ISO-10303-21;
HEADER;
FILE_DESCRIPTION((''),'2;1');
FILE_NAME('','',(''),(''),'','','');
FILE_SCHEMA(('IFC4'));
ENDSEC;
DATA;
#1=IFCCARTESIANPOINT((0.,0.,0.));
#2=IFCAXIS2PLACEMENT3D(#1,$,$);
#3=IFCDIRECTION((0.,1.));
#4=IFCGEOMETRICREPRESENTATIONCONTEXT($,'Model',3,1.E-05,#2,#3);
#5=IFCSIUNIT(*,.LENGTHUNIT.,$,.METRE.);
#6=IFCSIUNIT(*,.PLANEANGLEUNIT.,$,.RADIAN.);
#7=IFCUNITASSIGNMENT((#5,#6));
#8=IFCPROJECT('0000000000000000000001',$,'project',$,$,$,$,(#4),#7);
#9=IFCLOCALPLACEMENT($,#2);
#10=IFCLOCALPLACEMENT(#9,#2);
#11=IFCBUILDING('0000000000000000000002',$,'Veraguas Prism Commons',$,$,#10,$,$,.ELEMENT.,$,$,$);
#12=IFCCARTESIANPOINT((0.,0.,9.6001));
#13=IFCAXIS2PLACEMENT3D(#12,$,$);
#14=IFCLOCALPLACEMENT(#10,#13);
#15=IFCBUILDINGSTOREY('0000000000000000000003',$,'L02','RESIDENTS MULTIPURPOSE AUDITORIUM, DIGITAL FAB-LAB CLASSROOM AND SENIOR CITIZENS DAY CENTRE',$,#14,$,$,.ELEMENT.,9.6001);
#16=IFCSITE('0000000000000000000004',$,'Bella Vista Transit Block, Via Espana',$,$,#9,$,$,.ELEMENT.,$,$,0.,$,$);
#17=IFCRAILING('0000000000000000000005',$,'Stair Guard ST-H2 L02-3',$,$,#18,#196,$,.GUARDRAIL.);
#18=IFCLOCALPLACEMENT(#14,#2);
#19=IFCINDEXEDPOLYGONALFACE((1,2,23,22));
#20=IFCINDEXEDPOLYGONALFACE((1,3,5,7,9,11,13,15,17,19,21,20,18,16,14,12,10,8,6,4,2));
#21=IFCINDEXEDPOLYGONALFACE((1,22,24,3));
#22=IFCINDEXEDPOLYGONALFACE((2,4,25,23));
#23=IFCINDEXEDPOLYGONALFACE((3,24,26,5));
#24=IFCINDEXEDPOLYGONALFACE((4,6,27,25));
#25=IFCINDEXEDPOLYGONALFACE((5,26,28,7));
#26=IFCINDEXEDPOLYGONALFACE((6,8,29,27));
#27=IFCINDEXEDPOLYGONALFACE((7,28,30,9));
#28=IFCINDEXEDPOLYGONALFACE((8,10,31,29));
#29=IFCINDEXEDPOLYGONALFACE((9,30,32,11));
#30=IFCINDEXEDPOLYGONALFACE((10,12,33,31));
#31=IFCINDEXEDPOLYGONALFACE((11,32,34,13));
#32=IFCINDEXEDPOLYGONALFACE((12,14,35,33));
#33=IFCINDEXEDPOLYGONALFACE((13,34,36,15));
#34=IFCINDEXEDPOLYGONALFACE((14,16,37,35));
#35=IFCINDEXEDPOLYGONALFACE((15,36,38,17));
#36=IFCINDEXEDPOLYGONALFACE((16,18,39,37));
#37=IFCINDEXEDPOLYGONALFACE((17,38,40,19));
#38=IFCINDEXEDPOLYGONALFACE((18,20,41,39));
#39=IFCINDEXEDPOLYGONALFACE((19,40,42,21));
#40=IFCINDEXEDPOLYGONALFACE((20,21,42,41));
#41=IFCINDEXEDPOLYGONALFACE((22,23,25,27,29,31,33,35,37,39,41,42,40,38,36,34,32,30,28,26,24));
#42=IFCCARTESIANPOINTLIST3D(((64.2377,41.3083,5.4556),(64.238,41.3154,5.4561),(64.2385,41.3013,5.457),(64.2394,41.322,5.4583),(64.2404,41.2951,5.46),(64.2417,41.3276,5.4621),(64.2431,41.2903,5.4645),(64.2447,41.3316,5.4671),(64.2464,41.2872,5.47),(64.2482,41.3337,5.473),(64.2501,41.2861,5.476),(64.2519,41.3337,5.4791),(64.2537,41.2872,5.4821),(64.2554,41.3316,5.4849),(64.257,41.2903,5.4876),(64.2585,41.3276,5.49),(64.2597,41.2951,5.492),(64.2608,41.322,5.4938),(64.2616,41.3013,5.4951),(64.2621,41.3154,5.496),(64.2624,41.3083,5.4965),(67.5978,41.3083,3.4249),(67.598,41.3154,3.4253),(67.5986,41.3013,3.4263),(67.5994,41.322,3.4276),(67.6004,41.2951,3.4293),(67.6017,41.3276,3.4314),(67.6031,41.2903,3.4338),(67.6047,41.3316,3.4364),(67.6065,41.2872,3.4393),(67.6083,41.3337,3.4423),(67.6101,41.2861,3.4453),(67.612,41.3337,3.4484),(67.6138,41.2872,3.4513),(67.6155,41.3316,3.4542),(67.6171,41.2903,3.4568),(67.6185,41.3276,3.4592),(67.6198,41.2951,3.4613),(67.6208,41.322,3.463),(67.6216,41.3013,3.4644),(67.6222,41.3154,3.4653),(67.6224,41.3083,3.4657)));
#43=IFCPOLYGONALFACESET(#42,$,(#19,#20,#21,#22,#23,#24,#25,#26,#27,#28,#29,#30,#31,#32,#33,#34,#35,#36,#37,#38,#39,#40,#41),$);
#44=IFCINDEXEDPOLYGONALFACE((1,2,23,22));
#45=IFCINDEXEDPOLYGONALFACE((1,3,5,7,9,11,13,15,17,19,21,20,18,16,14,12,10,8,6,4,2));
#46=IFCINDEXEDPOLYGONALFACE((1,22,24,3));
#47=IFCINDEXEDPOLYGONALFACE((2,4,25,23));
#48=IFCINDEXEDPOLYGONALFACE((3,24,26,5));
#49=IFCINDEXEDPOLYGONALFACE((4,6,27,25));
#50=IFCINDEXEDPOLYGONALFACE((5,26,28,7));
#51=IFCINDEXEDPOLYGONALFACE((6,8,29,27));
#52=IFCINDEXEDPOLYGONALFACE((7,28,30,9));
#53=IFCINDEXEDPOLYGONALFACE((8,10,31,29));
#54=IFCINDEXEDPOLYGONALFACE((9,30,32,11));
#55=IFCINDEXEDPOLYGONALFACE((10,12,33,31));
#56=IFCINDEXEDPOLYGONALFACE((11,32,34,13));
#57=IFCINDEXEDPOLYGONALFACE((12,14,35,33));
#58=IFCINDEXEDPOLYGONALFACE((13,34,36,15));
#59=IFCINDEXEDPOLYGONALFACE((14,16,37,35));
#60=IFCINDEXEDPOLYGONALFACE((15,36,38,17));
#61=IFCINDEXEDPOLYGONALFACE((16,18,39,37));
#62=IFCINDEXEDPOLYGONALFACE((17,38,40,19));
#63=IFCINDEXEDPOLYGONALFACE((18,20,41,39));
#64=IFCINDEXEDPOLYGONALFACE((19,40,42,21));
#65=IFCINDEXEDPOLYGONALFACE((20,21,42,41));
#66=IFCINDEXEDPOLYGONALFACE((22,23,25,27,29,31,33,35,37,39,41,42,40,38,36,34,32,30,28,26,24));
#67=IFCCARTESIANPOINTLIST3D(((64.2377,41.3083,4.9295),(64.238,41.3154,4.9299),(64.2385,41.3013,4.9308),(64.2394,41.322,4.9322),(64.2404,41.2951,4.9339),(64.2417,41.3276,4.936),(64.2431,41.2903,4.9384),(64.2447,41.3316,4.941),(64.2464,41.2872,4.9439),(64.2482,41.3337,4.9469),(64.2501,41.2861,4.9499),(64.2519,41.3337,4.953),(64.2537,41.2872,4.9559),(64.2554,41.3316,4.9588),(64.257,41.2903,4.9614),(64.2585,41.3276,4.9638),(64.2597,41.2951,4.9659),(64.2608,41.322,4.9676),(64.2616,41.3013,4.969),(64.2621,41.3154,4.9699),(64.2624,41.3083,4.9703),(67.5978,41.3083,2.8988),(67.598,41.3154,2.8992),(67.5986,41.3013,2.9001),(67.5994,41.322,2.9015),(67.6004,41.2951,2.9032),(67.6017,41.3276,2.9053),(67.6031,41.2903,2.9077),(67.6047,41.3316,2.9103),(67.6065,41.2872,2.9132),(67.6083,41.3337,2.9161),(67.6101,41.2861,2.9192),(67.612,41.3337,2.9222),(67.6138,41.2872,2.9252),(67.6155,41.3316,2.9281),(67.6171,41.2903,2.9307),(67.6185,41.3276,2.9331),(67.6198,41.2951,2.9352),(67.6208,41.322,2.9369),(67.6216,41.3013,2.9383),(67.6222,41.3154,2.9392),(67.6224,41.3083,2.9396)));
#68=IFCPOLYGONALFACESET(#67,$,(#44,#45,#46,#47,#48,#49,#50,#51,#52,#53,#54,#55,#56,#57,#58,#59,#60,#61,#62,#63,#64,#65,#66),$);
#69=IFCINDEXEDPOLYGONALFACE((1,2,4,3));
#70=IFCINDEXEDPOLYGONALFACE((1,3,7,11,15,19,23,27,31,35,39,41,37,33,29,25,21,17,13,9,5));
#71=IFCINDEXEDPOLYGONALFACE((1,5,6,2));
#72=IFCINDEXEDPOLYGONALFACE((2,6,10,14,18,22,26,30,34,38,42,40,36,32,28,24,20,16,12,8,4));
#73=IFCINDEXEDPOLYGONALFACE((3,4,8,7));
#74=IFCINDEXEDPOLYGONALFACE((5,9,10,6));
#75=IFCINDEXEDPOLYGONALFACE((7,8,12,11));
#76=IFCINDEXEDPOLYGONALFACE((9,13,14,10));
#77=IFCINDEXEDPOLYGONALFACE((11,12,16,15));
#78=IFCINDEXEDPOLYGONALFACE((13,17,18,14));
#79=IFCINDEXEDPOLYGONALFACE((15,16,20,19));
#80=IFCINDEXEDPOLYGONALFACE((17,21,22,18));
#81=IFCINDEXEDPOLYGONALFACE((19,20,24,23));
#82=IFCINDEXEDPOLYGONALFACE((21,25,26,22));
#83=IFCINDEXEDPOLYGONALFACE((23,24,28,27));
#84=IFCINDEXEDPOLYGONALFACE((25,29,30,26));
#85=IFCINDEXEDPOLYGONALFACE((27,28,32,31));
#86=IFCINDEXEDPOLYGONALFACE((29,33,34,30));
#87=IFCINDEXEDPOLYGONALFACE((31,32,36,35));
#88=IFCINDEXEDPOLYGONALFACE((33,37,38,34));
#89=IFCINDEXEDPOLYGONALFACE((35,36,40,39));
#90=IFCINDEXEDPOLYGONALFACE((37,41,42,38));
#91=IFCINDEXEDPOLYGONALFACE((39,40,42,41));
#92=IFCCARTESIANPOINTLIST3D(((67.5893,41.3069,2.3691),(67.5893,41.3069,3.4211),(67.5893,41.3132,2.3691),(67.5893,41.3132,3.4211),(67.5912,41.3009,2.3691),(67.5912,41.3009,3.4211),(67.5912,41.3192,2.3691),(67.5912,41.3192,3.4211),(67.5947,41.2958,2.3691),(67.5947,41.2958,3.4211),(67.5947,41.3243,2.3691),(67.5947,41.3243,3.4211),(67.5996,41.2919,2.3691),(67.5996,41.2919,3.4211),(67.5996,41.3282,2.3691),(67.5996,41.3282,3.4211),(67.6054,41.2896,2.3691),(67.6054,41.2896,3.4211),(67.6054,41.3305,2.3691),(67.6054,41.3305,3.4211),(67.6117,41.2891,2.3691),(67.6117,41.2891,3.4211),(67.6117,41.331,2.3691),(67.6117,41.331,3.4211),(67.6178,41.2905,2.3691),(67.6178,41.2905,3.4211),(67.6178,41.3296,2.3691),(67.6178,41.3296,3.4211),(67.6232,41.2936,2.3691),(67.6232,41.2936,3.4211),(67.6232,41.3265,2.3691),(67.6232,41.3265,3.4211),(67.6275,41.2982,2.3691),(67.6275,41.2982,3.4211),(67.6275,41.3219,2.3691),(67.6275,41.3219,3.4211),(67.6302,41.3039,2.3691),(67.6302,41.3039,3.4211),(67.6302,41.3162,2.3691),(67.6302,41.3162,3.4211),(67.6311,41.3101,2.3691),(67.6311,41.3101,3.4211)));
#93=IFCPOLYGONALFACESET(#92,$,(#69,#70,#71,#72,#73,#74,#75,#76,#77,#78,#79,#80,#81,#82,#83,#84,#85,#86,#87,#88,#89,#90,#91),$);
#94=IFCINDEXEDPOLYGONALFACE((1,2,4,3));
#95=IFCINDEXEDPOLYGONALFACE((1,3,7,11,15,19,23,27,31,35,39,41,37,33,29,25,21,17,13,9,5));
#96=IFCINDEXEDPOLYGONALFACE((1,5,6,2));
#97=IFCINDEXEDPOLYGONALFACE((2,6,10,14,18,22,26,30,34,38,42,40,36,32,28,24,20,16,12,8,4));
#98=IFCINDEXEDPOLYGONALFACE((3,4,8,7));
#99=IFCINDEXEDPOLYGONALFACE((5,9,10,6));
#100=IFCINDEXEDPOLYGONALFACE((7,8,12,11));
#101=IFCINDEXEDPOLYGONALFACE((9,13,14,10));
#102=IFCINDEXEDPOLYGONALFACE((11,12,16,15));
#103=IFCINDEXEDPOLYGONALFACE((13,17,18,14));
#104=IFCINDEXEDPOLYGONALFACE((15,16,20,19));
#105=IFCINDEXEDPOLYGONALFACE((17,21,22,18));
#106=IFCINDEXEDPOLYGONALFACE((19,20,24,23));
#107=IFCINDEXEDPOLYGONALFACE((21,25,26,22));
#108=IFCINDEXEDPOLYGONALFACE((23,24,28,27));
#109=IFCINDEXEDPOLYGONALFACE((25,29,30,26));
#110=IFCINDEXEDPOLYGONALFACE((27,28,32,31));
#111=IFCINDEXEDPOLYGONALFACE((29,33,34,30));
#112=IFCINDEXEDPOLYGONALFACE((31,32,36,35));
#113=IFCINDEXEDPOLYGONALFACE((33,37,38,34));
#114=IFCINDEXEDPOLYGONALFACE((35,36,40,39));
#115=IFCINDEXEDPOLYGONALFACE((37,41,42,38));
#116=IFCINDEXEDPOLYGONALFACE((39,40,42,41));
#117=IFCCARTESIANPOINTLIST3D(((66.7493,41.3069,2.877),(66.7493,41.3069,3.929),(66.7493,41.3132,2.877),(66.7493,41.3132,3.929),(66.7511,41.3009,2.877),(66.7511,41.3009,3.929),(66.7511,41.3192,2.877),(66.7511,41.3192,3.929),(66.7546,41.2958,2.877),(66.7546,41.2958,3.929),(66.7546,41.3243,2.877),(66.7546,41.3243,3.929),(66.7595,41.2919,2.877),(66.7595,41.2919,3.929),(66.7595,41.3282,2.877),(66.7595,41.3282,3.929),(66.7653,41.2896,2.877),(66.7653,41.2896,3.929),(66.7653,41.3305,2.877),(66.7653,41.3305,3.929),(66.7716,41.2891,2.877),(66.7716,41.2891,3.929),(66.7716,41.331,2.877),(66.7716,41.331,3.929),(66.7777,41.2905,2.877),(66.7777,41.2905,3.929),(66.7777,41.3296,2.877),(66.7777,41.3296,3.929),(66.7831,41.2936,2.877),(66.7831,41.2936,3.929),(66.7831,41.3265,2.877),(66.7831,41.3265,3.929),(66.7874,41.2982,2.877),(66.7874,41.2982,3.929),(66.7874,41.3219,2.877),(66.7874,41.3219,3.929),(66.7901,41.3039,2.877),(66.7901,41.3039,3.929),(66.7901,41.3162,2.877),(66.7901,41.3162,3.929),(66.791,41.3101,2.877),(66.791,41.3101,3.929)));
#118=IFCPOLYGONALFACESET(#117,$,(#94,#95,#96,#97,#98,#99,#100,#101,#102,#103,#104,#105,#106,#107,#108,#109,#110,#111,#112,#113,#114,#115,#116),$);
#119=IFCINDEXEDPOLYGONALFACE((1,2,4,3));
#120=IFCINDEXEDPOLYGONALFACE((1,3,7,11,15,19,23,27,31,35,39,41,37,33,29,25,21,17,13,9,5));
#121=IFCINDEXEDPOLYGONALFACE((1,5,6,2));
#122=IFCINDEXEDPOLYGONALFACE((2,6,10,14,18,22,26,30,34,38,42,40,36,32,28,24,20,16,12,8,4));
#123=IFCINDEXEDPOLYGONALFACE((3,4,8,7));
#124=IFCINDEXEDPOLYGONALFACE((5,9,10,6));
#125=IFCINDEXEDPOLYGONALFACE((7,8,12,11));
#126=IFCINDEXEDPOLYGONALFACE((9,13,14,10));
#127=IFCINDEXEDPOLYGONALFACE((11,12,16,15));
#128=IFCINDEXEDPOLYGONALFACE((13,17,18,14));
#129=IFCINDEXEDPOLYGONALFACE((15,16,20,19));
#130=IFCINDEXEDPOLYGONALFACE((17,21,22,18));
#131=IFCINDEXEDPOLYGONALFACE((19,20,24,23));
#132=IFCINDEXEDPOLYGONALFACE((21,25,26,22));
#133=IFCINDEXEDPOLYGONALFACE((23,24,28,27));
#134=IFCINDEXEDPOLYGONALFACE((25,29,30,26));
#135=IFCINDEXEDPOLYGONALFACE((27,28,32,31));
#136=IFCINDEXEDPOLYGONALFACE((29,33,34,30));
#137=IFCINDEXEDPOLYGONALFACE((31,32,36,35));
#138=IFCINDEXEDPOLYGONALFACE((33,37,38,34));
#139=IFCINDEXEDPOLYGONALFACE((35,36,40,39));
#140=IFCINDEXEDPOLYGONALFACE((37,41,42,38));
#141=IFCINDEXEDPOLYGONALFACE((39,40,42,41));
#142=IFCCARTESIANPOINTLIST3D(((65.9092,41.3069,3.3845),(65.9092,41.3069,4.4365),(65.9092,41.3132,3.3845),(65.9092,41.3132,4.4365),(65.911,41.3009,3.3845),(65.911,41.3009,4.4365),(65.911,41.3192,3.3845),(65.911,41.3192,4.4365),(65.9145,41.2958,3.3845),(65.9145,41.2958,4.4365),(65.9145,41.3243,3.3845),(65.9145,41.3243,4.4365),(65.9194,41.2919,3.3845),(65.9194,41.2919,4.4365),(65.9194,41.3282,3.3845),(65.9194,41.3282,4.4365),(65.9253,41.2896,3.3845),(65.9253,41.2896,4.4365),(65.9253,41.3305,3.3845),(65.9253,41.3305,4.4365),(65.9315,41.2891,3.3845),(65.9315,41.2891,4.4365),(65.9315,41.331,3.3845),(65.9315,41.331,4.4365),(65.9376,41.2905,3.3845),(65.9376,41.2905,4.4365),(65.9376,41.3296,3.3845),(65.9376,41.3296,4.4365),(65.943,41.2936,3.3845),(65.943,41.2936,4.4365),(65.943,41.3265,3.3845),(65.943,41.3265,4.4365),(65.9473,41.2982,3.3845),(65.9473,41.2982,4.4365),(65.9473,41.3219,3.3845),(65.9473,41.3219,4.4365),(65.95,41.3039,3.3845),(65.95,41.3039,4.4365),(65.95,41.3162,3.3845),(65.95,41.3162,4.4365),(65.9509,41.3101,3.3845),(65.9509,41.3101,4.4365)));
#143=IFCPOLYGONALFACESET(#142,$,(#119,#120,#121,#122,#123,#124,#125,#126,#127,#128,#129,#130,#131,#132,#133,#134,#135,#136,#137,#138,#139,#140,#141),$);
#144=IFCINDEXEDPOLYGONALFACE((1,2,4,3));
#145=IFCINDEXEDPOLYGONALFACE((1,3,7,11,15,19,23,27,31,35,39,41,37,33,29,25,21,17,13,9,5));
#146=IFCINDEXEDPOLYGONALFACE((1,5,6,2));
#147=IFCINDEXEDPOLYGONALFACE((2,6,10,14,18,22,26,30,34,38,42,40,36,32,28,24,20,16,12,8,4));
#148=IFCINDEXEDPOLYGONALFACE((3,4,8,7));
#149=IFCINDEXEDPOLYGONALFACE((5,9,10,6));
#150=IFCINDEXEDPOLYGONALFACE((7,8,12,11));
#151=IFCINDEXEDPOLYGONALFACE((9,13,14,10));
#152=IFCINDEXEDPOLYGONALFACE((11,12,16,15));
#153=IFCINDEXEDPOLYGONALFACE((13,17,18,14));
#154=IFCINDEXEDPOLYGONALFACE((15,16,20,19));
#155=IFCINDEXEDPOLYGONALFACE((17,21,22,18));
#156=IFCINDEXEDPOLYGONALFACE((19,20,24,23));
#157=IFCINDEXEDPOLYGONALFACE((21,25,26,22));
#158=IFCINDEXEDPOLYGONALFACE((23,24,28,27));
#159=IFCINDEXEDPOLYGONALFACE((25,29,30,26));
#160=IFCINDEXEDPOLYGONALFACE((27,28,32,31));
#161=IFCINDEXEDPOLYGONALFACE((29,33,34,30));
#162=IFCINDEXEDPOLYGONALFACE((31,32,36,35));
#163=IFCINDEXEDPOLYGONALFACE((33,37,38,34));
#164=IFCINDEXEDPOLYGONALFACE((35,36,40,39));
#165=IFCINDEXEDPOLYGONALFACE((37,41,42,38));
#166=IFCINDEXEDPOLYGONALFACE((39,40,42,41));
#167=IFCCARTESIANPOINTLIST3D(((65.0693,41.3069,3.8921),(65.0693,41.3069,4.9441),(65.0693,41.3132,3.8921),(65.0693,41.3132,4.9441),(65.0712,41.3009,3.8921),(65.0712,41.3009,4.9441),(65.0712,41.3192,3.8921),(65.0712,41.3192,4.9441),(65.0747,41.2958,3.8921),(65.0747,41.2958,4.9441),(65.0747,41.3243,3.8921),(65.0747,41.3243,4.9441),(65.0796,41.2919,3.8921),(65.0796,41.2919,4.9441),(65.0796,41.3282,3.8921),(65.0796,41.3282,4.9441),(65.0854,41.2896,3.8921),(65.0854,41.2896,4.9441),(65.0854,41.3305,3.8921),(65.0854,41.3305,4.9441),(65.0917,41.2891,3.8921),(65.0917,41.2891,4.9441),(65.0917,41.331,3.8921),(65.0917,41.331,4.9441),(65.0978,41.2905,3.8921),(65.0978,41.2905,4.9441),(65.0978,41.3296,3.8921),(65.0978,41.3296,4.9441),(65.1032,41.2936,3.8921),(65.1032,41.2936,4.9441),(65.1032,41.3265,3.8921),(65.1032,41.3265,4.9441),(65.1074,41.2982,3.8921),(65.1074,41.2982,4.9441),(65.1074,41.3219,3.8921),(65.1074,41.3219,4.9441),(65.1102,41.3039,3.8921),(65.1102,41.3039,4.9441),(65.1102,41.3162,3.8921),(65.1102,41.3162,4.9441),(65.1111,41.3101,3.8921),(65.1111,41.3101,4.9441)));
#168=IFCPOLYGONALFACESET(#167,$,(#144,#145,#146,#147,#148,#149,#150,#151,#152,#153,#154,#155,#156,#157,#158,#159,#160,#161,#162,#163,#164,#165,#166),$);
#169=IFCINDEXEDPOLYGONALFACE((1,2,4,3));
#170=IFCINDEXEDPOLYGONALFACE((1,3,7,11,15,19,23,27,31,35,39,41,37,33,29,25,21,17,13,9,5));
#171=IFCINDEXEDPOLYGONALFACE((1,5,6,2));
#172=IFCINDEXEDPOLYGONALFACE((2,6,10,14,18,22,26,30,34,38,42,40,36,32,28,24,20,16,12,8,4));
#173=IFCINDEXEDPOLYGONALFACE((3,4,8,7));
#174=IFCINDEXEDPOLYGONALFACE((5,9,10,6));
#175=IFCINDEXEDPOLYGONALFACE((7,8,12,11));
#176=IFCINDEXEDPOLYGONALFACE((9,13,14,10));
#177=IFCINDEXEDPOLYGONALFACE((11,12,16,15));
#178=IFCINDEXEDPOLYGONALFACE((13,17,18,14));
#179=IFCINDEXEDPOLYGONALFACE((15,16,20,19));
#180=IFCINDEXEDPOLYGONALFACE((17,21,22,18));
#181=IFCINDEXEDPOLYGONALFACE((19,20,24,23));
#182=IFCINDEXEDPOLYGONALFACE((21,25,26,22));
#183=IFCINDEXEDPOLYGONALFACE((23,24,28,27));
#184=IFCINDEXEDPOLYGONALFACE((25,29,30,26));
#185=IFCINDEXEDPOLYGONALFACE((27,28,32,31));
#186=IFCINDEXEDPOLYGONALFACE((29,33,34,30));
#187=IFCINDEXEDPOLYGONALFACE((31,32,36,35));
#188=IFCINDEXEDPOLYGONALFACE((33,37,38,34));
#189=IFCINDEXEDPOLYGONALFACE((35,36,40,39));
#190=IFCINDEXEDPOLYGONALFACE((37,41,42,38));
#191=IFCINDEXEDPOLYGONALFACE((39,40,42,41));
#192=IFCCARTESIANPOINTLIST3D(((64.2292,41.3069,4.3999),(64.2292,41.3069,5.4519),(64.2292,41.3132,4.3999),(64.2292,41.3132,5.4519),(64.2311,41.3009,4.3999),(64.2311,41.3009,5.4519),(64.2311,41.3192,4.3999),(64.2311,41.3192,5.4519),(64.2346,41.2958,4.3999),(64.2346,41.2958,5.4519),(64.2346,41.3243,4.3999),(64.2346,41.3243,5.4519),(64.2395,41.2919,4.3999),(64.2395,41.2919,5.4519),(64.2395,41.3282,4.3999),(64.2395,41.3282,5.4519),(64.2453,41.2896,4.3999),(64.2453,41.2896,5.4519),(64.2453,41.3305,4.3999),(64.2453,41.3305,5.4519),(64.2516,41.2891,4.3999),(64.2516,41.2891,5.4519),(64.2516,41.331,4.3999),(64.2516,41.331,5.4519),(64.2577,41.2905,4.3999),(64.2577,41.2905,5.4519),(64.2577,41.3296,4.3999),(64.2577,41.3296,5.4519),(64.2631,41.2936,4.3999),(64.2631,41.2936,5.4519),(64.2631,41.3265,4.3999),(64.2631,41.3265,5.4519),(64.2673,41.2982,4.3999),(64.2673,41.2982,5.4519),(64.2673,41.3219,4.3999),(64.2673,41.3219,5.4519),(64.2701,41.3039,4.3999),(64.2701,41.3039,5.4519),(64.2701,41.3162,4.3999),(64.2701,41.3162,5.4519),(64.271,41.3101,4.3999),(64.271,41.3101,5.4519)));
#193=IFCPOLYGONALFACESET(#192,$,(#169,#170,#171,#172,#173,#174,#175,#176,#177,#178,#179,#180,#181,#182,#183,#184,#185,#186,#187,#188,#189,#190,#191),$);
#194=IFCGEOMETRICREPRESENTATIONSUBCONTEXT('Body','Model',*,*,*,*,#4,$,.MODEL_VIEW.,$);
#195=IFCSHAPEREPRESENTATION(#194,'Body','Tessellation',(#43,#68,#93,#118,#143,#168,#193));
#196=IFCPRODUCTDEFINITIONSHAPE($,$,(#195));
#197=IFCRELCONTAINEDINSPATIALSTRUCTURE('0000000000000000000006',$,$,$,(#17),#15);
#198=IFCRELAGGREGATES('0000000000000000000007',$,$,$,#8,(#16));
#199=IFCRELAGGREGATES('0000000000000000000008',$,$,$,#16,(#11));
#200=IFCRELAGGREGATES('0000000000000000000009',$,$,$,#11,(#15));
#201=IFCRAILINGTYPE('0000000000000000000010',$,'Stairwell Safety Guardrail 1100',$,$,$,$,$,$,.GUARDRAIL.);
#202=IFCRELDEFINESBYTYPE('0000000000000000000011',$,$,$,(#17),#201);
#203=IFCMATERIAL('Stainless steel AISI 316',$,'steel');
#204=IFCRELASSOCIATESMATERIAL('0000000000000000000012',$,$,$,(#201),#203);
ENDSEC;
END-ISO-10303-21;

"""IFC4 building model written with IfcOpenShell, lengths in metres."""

from ifc_helpers import new_model, si_unit, direction, frame, origin, origin_2d, place, context, subcontext, project, spatial, circle, extrude, material, type_object, element, save


model = new_model("IFC4")

# Units and contexts
model_context = context("Model", 3, precision=1e-05, world=origin(), true_north=direction((0.0, 1.0)))
body_context = subcontext(model_context, "Body", "Model", "MODEL_VIEW")
ifc_project = project(units=[si_unit("LENGTHUNIT", "METRE"), si_unit("PLANEANGLEUNIT", "RADIAN")], contexts=[model_context])

# Site, building, storey
site_placement = place(None, origin())
site = spatial("IfcSite", under=ifc_project, at=site_placement, Name="Bella Vista Transit Block, Via Espana", CompositionType="ELEMENT", RefElevation=0.0)
building_placement = place(site_placement, origin())
building = spatial("IfcBuilding", under=site, at=building_placement, Name="Veraguas Prism Commons", CompositionType="ELEMENT")
storey_placement = place(building_placement, frame((0.0, 0.0, 9.6001)))
storey = spatial("IfcBuildingStorey", under=building, at=storey_placement, Name="L02", Description="RESIDENTS MULTIPURPOSE AUDITORIUM, DIGITAL FAB-LAB CLASSROOM AND SENIOR CITIZENS DAY CENTRE", CompositionType="ELEMENT", Elevation=9.6001)

# Railing
ifc_material_1 = material(Name="Stainless steel AISI 316", Category="steel")
railing_type_1 = type_object("IfcRailingType", Name="Stairwell Safety Guardrail 1100", PredefinedType="GUARDRAIL", material=ifc_material_1)
railing_1_placement = place(storey_placement, frame((67.6101, 41.3101, 2.3691)))
element("IfcRailing", 1, at=railing_1_placement, inside=storey, type_object=railing_type_1, Name="Stair Guard ST-H2 L02-3", PredefinedType="GUARDRAIL", context=body_context, shape_type="SweptSolid", body=[
    extrude(circle(Radius=0.0239, at=origin_2d()), frame((0.0, 0.0, 1.0762), z_axis=(-0.855837, 0.0, 0.517246), x_axis=(0.0, -1.0, 0.0)), (0.0, 0.0, 1.0), 3.926),
    extrude(circle(Radius=0.0239, at=origin_2d()), frame((0.0, 0.0, 0.55), z_axis=(-0.855837, 0.0, 0.517246), x_axis=(0.0, -1.0, 0.0)), (0.0, 0.0, 1.0), 3.926),
    extrude(circle(Radius=0.021, at=origin_2d()), origin(), (0.0, 0.0, 1.0), 1.052),
    extrude(circle(Radius=0.021, at=origin_2d()), frame((-0.8401, 0.0, 0.5078)), (0.0, 0.0, 1.0), 1.052),
    extrude(circle(Radius=0.021, at=origin_2d()), frame((-1.6802, 0.0, 1.0154)), (0.0, 0.0, 1.0), 1.052),
    extrude(circle(Radius=0.021, at=origin_2d()), frame((-2.52, 0.0, 1.5229)), (0.0, 0.0, 1.0), 1.052),
    extrude(circle(Radius=0.021, at=origin_2d()), frame((-3.3601, 0.0, 2.0308)), (0.0, 0.0, 1.0), 1.052),
])

save(model, "model.ifc")
